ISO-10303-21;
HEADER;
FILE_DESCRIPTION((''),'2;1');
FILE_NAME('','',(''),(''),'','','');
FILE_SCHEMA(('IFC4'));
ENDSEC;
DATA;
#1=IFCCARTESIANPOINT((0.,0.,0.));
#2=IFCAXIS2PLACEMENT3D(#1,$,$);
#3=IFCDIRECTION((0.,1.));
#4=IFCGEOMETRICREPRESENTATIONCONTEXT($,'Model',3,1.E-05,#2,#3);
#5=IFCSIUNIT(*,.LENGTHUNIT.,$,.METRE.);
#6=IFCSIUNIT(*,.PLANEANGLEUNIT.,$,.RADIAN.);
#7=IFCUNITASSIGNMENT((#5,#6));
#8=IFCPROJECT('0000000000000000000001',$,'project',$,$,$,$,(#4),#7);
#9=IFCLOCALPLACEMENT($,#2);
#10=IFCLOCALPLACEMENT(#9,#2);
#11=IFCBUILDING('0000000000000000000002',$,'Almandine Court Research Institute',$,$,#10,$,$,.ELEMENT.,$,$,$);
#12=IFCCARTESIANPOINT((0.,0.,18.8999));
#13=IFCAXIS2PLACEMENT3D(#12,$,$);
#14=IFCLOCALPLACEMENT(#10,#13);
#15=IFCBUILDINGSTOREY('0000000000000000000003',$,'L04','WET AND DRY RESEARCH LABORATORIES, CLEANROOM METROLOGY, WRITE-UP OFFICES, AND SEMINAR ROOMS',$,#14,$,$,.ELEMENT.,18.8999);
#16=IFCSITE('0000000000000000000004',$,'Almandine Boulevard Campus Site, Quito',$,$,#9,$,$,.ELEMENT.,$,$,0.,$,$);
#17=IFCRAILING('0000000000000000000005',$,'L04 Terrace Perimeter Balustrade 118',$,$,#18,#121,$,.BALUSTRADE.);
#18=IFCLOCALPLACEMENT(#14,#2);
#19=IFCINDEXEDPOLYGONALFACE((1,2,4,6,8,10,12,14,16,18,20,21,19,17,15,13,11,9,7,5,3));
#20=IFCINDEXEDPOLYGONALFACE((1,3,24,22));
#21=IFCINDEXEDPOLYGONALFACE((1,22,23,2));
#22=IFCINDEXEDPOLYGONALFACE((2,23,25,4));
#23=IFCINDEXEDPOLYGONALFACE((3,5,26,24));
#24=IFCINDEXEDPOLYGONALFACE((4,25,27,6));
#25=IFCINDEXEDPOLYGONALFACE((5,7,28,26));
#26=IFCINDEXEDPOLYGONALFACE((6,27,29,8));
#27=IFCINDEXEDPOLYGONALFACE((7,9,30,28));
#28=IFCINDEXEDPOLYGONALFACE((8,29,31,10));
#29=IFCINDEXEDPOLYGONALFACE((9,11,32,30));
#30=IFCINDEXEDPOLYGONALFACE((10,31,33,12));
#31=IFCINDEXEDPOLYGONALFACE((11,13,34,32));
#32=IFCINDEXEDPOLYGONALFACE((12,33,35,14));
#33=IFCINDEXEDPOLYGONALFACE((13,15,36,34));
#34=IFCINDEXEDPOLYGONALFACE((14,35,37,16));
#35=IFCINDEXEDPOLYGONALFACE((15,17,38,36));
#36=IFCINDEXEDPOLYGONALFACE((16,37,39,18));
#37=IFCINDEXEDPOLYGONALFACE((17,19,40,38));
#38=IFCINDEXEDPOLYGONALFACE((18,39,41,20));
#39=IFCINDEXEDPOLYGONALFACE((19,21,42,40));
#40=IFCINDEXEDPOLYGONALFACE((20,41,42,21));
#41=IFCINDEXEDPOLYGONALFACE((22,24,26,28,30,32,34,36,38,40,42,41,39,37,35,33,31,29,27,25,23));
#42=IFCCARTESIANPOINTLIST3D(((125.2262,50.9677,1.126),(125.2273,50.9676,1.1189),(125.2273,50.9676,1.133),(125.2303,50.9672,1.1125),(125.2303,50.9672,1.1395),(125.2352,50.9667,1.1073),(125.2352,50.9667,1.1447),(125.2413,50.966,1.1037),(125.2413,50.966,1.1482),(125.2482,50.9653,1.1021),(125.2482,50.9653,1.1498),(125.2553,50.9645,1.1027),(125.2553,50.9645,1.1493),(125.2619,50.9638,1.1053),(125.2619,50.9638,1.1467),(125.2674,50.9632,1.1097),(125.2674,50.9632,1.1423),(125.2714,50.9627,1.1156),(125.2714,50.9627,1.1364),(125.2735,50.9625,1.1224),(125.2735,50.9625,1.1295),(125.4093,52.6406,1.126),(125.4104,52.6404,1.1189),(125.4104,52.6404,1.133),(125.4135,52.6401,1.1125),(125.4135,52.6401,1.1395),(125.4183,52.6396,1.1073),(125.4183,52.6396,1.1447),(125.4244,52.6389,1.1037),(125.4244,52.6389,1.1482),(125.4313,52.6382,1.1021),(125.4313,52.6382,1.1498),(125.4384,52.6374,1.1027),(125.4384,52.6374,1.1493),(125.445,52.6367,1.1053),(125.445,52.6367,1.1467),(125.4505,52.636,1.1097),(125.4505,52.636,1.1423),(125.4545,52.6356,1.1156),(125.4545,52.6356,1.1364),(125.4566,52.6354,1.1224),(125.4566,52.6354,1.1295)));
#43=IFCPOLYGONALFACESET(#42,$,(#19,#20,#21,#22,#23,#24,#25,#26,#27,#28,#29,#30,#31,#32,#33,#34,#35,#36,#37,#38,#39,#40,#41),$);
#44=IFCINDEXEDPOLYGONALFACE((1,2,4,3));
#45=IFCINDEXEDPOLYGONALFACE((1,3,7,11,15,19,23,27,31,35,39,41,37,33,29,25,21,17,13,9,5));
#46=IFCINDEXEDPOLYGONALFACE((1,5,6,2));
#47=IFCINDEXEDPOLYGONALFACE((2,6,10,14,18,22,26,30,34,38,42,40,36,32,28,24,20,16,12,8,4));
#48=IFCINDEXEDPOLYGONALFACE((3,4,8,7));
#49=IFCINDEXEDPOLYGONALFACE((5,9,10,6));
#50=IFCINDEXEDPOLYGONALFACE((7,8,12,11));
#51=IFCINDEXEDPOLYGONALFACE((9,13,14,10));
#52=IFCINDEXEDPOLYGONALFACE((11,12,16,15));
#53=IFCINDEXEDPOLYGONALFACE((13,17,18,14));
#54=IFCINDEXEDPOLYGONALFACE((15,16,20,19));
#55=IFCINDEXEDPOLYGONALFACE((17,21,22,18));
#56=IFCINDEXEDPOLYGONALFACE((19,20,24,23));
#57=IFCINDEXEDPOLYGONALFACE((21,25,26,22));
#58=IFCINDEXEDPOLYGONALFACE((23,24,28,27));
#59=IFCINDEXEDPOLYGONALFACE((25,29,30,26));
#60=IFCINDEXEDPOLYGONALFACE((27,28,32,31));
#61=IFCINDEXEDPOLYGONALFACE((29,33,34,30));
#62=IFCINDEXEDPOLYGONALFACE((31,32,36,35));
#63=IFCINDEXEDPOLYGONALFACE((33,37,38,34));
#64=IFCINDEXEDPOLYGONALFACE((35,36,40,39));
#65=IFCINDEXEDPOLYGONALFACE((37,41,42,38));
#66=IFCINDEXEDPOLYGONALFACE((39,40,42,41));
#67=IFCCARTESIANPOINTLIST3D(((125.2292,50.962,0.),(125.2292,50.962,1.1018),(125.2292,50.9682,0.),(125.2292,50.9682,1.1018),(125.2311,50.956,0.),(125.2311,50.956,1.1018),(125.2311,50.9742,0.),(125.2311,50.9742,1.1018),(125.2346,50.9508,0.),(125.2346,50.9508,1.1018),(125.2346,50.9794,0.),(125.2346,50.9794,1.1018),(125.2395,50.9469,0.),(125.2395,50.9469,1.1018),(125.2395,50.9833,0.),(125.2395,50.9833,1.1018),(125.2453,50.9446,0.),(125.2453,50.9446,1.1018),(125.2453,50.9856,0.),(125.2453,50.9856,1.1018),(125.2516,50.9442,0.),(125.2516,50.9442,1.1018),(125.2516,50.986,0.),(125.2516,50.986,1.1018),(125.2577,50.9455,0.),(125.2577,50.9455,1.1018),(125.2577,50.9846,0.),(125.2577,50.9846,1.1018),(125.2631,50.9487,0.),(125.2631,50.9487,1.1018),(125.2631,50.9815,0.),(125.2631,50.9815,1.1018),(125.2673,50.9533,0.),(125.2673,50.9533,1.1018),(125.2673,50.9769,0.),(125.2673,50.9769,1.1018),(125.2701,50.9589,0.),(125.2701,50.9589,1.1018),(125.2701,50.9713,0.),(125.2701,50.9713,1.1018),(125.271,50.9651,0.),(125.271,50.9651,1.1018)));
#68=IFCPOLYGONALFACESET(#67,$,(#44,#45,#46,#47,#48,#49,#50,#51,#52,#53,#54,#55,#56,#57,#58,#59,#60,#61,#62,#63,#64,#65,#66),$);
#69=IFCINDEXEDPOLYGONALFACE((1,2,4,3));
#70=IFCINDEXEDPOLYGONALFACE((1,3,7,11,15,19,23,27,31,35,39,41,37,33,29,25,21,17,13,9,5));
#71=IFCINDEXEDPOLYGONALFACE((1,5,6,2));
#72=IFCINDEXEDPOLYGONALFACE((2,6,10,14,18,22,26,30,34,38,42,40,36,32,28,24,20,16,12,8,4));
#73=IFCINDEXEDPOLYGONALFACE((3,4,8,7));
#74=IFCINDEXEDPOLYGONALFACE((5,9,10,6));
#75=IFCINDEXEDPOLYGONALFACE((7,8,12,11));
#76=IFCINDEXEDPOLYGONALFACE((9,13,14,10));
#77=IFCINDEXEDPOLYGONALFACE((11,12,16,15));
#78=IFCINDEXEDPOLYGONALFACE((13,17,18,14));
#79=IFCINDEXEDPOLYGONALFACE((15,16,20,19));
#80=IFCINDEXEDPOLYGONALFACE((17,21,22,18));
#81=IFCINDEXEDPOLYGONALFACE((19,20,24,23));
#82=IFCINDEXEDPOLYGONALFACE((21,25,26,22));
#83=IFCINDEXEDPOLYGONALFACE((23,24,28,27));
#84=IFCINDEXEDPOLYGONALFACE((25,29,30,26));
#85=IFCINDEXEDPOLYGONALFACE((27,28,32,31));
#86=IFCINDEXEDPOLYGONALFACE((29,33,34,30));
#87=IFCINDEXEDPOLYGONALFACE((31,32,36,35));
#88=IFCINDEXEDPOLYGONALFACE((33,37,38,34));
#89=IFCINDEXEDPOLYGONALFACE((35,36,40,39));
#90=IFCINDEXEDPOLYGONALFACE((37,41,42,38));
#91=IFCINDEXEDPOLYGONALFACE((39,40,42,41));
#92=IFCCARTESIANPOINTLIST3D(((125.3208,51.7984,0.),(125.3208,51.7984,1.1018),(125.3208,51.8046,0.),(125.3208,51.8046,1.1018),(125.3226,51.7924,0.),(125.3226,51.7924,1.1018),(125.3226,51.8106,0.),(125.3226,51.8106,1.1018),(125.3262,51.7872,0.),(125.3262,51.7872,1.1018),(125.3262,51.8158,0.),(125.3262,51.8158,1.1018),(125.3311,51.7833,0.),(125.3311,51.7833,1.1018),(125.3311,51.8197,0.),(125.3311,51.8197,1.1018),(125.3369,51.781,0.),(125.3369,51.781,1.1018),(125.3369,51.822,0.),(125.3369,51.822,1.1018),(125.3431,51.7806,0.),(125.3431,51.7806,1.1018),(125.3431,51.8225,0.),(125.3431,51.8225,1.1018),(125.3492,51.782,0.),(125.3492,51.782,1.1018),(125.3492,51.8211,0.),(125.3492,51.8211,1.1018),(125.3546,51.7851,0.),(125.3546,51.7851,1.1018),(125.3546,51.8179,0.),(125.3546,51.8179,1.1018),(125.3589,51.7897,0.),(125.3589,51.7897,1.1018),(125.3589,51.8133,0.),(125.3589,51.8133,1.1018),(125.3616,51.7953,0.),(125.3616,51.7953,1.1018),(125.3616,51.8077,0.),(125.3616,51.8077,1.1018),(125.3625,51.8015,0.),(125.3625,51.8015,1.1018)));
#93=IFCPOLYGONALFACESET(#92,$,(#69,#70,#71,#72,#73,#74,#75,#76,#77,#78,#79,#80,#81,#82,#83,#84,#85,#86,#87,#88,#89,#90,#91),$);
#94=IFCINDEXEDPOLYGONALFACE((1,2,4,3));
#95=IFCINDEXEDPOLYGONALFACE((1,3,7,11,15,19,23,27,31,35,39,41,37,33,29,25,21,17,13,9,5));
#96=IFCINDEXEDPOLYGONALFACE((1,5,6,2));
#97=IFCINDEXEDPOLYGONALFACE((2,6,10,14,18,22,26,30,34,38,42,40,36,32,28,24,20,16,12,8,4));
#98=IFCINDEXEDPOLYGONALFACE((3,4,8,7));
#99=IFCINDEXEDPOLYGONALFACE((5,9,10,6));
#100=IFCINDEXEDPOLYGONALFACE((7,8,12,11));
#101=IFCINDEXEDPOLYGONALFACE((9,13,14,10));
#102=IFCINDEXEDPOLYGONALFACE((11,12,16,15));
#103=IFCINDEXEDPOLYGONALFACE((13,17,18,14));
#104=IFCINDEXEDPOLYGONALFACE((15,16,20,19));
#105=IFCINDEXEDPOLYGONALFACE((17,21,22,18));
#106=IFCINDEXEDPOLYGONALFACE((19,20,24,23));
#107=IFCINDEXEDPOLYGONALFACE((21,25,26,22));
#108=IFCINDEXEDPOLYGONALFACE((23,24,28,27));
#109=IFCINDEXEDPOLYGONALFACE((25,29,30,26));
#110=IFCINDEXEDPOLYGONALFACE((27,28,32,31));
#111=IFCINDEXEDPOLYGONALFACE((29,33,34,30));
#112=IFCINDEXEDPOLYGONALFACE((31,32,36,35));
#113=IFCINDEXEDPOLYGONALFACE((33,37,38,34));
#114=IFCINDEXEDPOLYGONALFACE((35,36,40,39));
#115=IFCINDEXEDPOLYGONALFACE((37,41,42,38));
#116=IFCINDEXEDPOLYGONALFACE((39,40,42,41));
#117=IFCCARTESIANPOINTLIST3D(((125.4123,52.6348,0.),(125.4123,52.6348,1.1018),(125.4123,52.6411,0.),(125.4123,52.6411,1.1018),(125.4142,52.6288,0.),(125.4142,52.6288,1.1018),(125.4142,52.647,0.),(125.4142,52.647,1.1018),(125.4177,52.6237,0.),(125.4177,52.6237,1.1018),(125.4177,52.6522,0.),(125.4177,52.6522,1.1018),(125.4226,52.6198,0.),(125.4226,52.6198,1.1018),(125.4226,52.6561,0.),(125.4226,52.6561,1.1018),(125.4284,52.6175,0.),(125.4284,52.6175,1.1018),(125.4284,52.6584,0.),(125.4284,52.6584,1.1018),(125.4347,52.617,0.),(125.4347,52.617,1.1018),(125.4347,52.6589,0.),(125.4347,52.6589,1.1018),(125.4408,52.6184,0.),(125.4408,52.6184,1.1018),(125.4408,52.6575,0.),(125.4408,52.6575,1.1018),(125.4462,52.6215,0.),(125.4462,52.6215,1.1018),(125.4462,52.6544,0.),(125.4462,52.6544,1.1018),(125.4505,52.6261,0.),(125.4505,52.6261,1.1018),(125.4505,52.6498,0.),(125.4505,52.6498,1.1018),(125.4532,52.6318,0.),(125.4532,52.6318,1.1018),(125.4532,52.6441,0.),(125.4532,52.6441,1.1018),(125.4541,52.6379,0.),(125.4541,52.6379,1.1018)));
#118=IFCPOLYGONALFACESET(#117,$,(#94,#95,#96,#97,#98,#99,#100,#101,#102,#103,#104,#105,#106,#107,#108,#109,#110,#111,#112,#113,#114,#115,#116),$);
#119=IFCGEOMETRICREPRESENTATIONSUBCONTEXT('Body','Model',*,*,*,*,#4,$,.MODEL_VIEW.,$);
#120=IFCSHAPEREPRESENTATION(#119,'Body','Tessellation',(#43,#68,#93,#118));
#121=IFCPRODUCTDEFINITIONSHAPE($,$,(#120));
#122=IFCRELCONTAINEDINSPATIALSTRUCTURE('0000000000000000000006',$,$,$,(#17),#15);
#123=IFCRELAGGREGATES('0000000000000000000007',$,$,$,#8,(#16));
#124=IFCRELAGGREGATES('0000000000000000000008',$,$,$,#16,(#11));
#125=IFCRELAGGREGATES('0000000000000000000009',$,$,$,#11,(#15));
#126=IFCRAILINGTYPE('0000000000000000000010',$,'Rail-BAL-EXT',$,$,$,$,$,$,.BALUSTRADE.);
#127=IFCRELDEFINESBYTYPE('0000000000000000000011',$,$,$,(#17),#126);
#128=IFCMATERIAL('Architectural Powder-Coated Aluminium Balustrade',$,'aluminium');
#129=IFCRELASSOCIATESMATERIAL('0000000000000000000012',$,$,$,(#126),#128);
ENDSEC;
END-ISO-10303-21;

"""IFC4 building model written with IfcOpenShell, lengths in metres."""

from ifc_helpers import new_model, si_unit, direction, frame, origin, origin_2d, place, context, subcontext, project, spatial, circle, extrude, material, type_object, element, save


model = new_model("IFC4")

# Units and contexts
model_context = context("Model", 3, precision=1e-05, world=origin(), true_north=direction((0.0, 1.0)))
body_context = subcontext(model_context, "Body", "Model", "MODEL_VIEW")
ifc_project = project(units=[si_unit("LENGTHUNIT", "METRE"), si_unit("PLANEANGLEUNIT", "RADIAN")], contexts=[model_context])

# Site, building, storey
site_placement = place(None, origin())
site = spatial("IfcSite", under=ifc_project, at=site_placement, Name="Almandine Boulevard Campus Site, Quito", CompositionType="ELEMENT", RefElevation=0.0)
building_placement = place(site_placement, origin())
building = spatial("IfcBuilding", under=site, at=building_placement, Name="Almandine Court Research Institute", CompositionType="ELEMENT")
storey_placement = place(building_placement, frame((0.0, 0.0, 18.8999)))
storey = spatial("IfcBuildingStorey", under=building, at=storey_placement, Name="L04", Description="WET AND DRY RESEARCH LABORATORIES, CLEANROOM METROLOGY, WRITE-UP OFFICES, AND SEMINAR ROOMS", CompositionType="ELEMENT", Elevation=18.8999)

# Railing
ifc_material_1 = material(Name="Architectural Powder-Coated Aluminium Balustrade", Category="aluminium")
railing_type = type_object("IfcRailingType", Name="Rail-BAL-EXT", PredefinedType="BALUSTRADE", material=ifc_material_1)
railing_1_placement = place(storey_placement, frame((125.25, 50.9651, 0.0)))
element("IfcRailing", 1, at=railing_1_placement, inside=storey, type_object=railing_type, Name="L04 Terrace Perimeter Balustrade 118", PredefinedType="BALUSTRADE", context=body_context, shape_type="SweptSolid", body=[
    extrude(circle(Radius=0.0239, at=origin_2d()), frame((0.0, 0.0, 1.126), z_axis=(0.108807, 0.994063, 0.0), x_axis=(-0.994063, 0.108807, 0.0)), (0.0, 0.0, 1.0), 1.6829),
    extrude(circle(Radius=0.021, at=origin_2d()), origin(), (0.0, 0.0, 1.0), 1.1018),
    extrude(circle(Radius=0.021, at=origin_2d()), frame((0.0916, 0.8364, 0.0)), (0.0, 0.0, 1.0), 1.1018),
    extrude(circle(Radius=0.021, at=origin_2d()), frame((0.1831, 1.6729, 0.0)), (0.0, 0.0, 1.0), 1.1018),
])

save(model, "model.ifc")
